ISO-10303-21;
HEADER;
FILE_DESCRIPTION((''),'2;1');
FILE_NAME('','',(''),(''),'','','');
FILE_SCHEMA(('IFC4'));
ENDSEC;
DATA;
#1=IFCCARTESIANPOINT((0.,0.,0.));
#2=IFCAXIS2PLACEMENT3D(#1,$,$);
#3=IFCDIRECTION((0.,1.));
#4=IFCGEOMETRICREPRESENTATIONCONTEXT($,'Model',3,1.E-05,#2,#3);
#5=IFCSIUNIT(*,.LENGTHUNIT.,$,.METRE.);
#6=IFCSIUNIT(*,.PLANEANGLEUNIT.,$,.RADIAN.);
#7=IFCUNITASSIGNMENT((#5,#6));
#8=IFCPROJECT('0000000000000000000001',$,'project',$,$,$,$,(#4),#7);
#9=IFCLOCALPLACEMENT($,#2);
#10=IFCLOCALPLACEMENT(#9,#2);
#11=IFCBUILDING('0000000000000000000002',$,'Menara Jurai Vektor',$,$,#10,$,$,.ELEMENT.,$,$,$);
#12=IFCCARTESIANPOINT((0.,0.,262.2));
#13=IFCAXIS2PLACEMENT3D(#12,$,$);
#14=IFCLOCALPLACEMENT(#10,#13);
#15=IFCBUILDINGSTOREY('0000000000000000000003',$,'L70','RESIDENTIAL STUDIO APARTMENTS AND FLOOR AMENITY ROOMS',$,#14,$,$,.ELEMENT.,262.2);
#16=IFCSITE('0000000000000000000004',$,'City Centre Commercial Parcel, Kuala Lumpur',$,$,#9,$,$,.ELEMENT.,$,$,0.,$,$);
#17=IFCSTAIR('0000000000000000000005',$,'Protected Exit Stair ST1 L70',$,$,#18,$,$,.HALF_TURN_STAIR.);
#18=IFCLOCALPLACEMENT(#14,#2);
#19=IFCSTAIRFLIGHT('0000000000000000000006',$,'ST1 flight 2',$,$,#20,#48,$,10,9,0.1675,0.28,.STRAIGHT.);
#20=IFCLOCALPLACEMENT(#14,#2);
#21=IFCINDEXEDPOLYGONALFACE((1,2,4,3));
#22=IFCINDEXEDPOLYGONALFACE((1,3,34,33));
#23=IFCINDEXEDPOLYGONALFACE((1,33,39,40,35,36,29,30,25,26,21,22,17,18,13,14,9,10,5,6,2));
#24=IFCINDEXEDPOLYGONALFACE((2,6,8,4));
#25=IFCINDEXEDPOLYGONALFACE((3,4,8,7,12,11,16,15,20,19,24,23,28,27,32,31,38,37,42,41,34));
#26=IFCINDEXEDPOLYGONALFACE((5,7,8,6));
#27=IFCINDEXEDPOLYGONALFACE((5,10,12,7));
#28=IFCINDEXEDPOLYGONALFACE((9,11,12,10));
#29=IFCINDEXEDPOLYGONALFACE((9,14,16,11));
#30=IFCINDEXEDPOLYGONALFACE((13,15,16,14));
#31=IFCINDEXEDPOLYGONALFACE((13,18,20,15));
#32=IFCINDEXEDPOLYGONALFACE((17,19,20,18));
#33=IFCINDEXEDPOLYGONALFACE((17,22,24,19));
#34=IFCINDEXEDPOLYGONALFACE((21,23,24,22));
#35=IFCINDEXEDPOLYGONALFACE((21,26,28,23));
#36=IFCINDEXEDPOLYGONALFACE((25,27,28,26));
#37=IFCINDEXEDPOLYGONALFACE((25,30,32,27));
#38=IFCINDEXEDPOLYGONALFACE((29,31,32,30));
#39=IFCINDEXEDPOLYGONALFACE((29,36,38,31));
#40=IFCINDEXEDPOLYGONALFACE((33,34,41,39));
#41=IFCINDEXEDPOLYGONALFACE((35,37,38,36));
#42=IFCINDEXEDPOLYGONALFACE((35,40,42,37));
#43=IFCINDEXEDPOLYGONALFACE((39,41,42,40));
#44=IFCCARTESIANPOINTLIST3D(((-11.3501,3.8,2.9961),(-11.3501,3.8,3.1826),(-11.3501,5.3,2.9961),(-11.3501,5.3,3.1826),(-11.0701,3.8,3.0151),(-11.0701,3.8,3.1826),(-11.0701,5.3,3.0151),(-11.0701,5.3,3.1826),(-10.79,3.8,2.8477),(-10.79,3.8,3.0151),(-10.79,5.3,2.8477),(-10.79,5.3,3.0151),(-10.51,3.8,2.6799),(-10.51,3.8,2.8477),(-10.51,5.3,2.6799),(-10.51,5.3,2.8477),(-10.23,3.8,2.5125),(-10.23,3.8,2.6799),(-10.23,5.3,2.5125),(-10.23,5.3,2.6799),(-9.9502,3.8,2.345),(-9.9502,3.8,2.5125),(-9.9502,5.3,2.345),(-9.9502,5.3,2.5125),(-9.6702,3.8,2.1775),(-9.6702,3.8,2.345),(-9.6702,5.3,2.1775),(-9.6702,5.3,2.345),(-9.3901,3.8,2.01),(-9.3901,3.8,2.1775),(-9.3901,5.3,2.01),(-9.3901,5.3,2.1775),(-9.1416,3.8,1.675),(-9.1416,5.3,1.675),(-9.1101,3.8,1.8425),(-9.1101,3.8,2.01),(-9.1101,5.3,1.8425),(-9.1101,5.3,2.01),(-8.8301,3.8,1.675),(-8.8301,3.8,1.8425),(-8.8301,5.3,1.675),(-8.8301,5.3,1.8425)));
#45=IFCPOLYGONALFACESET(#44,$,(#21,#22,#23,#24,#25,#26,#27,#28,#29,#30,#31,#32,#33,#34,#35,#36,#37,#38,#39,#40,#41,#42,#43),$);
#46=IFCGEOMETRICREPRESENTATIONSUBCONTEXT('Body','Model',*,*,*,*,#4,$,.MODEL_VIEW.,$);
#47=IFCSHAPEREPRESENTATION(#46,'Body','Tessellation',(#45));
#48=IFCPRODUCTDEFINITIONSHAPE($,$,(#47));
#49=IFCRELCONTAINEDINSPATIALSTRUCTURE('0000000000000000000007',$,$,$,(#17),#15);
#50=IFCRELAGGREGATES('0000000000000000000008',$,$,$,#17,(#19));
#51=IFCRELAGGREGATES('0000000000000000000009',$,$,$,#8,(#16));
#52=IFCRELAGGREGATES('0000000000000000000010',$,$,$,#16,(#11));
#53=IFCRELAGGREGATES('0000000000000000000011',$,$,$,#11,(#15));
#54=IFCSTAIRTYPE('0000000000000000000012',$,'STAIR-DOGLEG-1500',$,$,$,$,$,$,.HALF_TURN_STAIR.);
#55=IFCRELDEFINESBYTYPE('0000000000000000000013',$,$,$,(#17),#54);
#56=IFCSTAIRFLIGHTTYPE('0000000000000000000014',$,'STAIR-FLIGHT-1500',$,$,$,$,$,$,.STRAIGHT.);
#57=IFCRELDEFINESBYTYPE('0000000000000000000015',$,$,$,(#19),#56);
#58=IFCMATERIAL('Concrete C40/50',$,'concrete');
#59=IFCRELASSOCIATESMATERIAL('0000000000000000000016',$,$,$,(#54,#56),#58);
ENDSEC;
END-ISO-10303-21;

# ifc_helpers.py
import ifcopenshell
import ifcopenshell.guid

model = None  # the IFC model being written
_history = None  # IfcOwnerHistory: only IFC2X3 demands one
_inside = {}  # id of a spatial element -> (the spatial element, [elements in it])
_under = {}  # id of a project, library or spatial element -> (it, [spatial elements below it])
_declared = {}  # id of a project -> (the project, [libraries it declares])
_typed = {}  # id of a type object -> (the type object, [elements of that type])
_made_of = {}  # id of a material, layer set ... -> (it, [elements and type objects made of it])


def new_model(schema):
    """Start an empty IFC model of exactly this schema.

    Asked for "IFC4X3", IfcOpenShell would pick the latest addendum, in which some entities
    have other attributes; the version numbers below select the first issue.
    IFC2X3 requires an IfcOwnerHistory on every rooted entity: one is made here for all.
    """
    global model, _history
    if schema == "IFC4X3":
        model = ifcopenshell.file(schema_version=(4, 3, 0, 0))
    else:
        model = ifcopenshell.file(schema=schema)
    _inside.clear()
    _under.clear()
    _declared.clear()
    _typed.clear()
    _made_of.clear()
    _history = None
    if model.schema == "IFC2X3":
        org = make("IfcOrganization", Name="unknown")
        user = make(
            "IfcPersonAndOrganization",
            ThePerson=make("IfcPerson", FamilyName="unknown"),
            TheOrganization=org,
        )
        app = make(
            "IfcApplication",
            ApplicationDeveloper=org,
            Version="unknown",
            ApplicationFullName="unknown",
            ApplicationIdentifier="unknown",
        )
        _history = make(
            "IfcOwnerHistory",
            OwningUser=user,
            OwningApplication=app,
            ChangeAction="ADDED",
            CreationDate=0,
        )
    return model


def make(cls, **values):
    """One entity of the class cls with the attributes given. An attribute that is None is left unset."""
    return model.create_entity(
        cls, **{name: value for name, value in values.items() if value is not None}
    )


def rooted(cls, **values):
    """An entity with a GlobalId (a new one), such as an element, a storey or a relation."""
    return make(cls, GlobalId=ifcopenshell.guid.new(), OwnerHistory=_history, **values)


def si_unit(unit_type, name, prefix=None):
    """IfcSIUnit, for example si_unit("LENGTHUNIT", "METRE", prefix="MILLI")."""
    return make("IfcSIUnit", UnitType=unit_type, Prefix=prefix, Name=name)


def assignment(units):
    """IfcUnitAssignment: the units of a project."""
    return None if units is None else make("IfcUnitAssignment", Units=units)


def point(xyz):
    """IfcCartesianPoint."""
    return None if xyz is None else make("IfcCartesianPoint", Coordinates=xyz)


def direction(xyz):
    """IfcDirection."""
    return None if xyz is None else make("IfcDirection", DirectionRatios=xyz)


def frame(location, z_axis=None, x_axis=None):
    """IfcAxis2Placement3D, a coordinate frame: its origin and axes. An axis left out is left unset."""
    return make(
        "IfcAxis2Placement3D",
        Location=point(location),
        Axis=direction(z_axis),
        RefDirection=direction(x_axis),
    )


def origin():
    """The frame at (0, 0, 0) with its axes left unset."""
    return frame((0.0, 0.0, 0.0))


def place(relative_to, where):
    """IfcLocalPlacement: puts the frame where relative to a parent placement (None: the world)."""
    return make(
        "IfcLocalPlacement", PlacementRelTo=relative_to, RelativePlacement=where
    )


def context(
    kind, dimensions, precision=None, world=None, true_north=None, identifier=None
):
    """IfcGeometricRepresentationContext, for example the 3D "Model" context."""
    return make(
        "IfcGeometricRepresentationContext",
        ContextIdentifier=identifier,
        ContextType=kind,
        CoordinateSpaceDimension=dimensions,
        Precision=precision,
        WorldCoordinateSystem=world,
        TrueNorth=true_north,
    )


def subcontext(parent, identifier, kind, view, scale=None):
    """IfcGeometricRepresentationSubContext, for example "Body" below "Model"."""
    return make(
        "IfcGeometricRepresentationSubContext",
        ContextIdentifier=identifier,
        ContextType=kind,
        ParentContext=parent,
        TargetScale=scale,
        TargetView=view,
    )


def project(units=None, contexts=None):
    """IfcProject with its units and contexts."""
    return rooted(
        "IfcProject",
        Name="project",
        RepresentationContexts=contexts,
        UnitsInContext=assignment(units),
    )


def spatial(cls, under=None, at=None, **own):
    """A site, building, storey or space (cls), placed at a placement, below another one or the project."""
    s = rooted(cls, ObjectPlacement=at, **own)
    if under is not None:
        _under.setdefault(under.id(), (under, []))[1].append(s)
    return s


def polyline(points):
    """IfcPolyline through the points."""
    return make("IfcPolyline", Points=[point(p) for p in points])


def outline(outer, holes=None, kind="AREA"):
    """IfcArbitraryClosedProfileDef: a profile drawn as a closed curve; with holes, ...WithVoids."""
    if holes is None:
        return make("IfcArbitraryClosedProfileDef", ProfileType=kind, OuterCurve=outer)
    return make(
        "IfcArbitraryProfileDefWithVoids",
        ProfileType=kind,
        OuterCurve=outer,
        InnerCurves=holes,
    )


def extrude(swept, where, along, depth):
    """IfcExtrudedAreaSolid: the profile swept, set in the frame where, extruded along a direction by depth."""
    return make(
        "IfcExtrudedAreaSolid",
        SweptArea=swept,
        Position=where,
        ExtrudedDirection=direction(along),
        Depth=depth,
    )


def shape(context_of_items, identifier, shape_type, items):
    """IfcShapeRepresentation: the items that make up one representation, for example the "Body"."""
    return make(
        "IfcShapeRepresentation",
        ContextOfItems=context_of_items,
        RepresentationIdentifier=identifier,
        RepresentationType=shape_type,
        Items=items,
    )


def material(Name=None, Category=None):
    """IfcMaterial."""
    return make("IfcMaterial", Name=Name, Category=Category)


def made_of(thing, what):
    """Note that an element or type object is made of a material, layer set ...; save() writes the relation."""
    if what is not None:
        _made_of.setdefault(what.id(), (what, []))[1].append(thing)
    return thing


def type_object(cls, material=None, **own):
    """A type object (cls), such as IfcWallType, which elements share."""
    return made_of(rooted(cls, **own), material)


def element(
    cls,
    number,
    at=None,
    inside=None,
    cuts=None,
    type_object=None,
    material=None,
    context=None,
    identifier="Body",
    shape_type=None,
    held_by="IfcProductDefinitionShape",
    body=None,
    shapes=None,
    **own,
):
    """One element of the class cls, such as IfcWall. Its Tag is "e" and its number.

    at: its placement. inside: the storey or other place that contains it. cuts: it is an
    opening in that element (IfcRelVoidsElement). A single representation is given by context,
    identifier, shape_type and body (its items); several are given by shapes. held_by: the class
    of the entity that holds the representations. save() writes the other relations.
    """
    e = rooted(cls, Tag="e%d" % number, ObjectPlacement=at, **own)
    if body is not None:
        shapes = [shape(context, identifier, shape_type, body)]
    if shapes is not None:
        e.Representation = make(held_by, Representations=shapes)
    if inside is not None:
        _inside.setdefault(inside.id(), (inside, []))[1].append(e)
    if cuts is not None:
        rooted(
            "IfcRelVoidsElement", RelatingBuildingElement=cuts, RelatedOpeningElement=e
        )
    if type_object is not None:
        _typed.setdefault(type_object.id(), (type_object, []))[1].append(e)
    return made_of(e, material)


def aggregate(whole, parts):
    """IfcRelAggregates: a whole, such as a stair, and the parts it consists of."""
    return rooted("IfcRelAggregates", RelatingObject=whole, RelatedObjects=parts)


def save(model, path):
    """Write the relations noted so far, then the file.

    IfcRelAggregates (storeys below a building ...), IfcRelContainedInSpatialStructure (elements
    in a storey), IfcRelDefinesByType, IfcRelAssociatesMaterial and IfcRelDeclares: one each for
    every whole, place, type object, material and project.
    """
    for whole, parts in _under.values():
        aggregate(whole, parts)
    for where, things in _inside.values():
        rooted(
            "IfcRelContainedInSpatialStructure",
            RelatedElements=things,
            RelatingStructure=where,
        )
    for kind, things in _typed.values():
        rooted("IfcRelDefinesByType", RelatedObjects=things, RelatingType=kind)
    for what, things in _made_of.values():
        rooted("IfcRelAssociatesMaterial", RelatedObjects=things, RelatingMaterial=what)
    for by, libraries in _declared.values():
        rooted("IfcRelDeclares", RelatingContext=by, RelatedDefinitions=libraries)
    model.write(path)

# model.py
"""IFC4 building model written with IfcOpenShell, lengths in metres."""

from ifc_helpers import new_model, si_unit, direction, frame, origin, place, context, subcontext, project, spatial, polyline, outline, extrude, material, type_object, element, aggregate, save


model = new_model("IFC4")

# Units and contexts
model_context = context("Model", 3, precision=1e-05, world=origin(), true_north=direction((0.0, 1.0)))
body_context = subcontext(model_context, "Body", "Model", "MODEL_VIEW")
ifc_project = project(units=[si_unit("LENGTHUNIT", "METRE"), si_unit("PLANEANGLEUNIT", "RADIAN")], contexts=[model_context])

# Site, building, storey
site_placement = place(None, origin())
site = spatial("IfcSite", under=ifc_project, at=site_placement, Name="City Centre Commercial Parcel, Kuala Lumpur", CompositionType="ELEMENT", RefElevation=0.0)
building_placement = place(site_placement, origin())
building = spatial("IfcBuilding", under=site, at=building_placement, Name="Menara Jurai Vektor", CompositionType="ELEMENT")
storey_placement = place(building_placement, frame((0.0, 0.0, 262.2)))
storey = spatial("IfcBuildingStorey", under=building, at=storey_placement, Name="L70", Description="RESIDENTIAL STUDIO APARTMENTS AND FLOOR AMENITY ROOMS", CompositionType="ELEMENT", Elevation=262.2)

# Shared definitions
ifc_material_1 = material(Name="Concrete C40/50", Category="concrete")

# Stair, stair flight
stair_type = type_object("IfcStairType", Name="STAIR-DOGLEG-1500", PredefinedType="HALF_TURN_STAIR", material=ifc_material_1)
stair_placement = place(storey_placement, origin())
stair = element("IfcStair", 1, at=stair_placement, inside=storey, type_object=stair_type, Name="Protected Exit Stair ST1 L70", PredefinedType="HALF_TURN_STAIR")
stair_flight_type = type_object("IfcStairFlightType", Name="STAIR-FLIGHT-1500", PredefinedType="STRAIGHT", material=ifc_material_1)
stair_flight_placement = place(storey_placement, frame((-8.8301, 4.55, 1.675), z_axis=(0.0, 0.0, 1.0), x_axis=(-1.0, 0.0, 0.0)))
stair_flight = element("IfcStairFlight", 2, at=stair_flight_placement, type_object=stair_flight_type, Name="ST1 flight 2", NumberOfRisers=10, NumberOfTreads=9, PredefinedType="STRAIGHT", RiserHeight=0.1675, TreadLength=0.28, context=body_context, shape_type="SweptSolid", body=[
    extrude(outline(polyline([(0.0, 0.0), (0.0, 0.1675), (0.28, 0.1675), (0.28, 0.335), (0.5601, 0.335), (0.5601, 0.5024), (0.8401, 0.5024), (0.8401, 0.6699), (1.1201, 0.6699), (1.1201, 0.8374), (1.3999, 0.8374), (1.3999, 1.0049), (1.6799, 1.0049), (1.6799, 1.1726), (1.96, 1.1726), (1.96, 1.3401), (2.24, 1.3401), (2.24, 1.5076), (2.52, 1.5076), (2.52, 1.675), (2.52, 1.321), (0.3115, 0.0), (0.0, 0.0)])), frame((0.0, 0.75, 0.0), z_axis=(0.0, -1.0, 0.0), x_axis=(1.0, 0.0, 0.0)), (0.0, 0.0, 1.0), 1.5),
])
aggregate(stair, [stair_flight])

save(model, "model.ifc")
